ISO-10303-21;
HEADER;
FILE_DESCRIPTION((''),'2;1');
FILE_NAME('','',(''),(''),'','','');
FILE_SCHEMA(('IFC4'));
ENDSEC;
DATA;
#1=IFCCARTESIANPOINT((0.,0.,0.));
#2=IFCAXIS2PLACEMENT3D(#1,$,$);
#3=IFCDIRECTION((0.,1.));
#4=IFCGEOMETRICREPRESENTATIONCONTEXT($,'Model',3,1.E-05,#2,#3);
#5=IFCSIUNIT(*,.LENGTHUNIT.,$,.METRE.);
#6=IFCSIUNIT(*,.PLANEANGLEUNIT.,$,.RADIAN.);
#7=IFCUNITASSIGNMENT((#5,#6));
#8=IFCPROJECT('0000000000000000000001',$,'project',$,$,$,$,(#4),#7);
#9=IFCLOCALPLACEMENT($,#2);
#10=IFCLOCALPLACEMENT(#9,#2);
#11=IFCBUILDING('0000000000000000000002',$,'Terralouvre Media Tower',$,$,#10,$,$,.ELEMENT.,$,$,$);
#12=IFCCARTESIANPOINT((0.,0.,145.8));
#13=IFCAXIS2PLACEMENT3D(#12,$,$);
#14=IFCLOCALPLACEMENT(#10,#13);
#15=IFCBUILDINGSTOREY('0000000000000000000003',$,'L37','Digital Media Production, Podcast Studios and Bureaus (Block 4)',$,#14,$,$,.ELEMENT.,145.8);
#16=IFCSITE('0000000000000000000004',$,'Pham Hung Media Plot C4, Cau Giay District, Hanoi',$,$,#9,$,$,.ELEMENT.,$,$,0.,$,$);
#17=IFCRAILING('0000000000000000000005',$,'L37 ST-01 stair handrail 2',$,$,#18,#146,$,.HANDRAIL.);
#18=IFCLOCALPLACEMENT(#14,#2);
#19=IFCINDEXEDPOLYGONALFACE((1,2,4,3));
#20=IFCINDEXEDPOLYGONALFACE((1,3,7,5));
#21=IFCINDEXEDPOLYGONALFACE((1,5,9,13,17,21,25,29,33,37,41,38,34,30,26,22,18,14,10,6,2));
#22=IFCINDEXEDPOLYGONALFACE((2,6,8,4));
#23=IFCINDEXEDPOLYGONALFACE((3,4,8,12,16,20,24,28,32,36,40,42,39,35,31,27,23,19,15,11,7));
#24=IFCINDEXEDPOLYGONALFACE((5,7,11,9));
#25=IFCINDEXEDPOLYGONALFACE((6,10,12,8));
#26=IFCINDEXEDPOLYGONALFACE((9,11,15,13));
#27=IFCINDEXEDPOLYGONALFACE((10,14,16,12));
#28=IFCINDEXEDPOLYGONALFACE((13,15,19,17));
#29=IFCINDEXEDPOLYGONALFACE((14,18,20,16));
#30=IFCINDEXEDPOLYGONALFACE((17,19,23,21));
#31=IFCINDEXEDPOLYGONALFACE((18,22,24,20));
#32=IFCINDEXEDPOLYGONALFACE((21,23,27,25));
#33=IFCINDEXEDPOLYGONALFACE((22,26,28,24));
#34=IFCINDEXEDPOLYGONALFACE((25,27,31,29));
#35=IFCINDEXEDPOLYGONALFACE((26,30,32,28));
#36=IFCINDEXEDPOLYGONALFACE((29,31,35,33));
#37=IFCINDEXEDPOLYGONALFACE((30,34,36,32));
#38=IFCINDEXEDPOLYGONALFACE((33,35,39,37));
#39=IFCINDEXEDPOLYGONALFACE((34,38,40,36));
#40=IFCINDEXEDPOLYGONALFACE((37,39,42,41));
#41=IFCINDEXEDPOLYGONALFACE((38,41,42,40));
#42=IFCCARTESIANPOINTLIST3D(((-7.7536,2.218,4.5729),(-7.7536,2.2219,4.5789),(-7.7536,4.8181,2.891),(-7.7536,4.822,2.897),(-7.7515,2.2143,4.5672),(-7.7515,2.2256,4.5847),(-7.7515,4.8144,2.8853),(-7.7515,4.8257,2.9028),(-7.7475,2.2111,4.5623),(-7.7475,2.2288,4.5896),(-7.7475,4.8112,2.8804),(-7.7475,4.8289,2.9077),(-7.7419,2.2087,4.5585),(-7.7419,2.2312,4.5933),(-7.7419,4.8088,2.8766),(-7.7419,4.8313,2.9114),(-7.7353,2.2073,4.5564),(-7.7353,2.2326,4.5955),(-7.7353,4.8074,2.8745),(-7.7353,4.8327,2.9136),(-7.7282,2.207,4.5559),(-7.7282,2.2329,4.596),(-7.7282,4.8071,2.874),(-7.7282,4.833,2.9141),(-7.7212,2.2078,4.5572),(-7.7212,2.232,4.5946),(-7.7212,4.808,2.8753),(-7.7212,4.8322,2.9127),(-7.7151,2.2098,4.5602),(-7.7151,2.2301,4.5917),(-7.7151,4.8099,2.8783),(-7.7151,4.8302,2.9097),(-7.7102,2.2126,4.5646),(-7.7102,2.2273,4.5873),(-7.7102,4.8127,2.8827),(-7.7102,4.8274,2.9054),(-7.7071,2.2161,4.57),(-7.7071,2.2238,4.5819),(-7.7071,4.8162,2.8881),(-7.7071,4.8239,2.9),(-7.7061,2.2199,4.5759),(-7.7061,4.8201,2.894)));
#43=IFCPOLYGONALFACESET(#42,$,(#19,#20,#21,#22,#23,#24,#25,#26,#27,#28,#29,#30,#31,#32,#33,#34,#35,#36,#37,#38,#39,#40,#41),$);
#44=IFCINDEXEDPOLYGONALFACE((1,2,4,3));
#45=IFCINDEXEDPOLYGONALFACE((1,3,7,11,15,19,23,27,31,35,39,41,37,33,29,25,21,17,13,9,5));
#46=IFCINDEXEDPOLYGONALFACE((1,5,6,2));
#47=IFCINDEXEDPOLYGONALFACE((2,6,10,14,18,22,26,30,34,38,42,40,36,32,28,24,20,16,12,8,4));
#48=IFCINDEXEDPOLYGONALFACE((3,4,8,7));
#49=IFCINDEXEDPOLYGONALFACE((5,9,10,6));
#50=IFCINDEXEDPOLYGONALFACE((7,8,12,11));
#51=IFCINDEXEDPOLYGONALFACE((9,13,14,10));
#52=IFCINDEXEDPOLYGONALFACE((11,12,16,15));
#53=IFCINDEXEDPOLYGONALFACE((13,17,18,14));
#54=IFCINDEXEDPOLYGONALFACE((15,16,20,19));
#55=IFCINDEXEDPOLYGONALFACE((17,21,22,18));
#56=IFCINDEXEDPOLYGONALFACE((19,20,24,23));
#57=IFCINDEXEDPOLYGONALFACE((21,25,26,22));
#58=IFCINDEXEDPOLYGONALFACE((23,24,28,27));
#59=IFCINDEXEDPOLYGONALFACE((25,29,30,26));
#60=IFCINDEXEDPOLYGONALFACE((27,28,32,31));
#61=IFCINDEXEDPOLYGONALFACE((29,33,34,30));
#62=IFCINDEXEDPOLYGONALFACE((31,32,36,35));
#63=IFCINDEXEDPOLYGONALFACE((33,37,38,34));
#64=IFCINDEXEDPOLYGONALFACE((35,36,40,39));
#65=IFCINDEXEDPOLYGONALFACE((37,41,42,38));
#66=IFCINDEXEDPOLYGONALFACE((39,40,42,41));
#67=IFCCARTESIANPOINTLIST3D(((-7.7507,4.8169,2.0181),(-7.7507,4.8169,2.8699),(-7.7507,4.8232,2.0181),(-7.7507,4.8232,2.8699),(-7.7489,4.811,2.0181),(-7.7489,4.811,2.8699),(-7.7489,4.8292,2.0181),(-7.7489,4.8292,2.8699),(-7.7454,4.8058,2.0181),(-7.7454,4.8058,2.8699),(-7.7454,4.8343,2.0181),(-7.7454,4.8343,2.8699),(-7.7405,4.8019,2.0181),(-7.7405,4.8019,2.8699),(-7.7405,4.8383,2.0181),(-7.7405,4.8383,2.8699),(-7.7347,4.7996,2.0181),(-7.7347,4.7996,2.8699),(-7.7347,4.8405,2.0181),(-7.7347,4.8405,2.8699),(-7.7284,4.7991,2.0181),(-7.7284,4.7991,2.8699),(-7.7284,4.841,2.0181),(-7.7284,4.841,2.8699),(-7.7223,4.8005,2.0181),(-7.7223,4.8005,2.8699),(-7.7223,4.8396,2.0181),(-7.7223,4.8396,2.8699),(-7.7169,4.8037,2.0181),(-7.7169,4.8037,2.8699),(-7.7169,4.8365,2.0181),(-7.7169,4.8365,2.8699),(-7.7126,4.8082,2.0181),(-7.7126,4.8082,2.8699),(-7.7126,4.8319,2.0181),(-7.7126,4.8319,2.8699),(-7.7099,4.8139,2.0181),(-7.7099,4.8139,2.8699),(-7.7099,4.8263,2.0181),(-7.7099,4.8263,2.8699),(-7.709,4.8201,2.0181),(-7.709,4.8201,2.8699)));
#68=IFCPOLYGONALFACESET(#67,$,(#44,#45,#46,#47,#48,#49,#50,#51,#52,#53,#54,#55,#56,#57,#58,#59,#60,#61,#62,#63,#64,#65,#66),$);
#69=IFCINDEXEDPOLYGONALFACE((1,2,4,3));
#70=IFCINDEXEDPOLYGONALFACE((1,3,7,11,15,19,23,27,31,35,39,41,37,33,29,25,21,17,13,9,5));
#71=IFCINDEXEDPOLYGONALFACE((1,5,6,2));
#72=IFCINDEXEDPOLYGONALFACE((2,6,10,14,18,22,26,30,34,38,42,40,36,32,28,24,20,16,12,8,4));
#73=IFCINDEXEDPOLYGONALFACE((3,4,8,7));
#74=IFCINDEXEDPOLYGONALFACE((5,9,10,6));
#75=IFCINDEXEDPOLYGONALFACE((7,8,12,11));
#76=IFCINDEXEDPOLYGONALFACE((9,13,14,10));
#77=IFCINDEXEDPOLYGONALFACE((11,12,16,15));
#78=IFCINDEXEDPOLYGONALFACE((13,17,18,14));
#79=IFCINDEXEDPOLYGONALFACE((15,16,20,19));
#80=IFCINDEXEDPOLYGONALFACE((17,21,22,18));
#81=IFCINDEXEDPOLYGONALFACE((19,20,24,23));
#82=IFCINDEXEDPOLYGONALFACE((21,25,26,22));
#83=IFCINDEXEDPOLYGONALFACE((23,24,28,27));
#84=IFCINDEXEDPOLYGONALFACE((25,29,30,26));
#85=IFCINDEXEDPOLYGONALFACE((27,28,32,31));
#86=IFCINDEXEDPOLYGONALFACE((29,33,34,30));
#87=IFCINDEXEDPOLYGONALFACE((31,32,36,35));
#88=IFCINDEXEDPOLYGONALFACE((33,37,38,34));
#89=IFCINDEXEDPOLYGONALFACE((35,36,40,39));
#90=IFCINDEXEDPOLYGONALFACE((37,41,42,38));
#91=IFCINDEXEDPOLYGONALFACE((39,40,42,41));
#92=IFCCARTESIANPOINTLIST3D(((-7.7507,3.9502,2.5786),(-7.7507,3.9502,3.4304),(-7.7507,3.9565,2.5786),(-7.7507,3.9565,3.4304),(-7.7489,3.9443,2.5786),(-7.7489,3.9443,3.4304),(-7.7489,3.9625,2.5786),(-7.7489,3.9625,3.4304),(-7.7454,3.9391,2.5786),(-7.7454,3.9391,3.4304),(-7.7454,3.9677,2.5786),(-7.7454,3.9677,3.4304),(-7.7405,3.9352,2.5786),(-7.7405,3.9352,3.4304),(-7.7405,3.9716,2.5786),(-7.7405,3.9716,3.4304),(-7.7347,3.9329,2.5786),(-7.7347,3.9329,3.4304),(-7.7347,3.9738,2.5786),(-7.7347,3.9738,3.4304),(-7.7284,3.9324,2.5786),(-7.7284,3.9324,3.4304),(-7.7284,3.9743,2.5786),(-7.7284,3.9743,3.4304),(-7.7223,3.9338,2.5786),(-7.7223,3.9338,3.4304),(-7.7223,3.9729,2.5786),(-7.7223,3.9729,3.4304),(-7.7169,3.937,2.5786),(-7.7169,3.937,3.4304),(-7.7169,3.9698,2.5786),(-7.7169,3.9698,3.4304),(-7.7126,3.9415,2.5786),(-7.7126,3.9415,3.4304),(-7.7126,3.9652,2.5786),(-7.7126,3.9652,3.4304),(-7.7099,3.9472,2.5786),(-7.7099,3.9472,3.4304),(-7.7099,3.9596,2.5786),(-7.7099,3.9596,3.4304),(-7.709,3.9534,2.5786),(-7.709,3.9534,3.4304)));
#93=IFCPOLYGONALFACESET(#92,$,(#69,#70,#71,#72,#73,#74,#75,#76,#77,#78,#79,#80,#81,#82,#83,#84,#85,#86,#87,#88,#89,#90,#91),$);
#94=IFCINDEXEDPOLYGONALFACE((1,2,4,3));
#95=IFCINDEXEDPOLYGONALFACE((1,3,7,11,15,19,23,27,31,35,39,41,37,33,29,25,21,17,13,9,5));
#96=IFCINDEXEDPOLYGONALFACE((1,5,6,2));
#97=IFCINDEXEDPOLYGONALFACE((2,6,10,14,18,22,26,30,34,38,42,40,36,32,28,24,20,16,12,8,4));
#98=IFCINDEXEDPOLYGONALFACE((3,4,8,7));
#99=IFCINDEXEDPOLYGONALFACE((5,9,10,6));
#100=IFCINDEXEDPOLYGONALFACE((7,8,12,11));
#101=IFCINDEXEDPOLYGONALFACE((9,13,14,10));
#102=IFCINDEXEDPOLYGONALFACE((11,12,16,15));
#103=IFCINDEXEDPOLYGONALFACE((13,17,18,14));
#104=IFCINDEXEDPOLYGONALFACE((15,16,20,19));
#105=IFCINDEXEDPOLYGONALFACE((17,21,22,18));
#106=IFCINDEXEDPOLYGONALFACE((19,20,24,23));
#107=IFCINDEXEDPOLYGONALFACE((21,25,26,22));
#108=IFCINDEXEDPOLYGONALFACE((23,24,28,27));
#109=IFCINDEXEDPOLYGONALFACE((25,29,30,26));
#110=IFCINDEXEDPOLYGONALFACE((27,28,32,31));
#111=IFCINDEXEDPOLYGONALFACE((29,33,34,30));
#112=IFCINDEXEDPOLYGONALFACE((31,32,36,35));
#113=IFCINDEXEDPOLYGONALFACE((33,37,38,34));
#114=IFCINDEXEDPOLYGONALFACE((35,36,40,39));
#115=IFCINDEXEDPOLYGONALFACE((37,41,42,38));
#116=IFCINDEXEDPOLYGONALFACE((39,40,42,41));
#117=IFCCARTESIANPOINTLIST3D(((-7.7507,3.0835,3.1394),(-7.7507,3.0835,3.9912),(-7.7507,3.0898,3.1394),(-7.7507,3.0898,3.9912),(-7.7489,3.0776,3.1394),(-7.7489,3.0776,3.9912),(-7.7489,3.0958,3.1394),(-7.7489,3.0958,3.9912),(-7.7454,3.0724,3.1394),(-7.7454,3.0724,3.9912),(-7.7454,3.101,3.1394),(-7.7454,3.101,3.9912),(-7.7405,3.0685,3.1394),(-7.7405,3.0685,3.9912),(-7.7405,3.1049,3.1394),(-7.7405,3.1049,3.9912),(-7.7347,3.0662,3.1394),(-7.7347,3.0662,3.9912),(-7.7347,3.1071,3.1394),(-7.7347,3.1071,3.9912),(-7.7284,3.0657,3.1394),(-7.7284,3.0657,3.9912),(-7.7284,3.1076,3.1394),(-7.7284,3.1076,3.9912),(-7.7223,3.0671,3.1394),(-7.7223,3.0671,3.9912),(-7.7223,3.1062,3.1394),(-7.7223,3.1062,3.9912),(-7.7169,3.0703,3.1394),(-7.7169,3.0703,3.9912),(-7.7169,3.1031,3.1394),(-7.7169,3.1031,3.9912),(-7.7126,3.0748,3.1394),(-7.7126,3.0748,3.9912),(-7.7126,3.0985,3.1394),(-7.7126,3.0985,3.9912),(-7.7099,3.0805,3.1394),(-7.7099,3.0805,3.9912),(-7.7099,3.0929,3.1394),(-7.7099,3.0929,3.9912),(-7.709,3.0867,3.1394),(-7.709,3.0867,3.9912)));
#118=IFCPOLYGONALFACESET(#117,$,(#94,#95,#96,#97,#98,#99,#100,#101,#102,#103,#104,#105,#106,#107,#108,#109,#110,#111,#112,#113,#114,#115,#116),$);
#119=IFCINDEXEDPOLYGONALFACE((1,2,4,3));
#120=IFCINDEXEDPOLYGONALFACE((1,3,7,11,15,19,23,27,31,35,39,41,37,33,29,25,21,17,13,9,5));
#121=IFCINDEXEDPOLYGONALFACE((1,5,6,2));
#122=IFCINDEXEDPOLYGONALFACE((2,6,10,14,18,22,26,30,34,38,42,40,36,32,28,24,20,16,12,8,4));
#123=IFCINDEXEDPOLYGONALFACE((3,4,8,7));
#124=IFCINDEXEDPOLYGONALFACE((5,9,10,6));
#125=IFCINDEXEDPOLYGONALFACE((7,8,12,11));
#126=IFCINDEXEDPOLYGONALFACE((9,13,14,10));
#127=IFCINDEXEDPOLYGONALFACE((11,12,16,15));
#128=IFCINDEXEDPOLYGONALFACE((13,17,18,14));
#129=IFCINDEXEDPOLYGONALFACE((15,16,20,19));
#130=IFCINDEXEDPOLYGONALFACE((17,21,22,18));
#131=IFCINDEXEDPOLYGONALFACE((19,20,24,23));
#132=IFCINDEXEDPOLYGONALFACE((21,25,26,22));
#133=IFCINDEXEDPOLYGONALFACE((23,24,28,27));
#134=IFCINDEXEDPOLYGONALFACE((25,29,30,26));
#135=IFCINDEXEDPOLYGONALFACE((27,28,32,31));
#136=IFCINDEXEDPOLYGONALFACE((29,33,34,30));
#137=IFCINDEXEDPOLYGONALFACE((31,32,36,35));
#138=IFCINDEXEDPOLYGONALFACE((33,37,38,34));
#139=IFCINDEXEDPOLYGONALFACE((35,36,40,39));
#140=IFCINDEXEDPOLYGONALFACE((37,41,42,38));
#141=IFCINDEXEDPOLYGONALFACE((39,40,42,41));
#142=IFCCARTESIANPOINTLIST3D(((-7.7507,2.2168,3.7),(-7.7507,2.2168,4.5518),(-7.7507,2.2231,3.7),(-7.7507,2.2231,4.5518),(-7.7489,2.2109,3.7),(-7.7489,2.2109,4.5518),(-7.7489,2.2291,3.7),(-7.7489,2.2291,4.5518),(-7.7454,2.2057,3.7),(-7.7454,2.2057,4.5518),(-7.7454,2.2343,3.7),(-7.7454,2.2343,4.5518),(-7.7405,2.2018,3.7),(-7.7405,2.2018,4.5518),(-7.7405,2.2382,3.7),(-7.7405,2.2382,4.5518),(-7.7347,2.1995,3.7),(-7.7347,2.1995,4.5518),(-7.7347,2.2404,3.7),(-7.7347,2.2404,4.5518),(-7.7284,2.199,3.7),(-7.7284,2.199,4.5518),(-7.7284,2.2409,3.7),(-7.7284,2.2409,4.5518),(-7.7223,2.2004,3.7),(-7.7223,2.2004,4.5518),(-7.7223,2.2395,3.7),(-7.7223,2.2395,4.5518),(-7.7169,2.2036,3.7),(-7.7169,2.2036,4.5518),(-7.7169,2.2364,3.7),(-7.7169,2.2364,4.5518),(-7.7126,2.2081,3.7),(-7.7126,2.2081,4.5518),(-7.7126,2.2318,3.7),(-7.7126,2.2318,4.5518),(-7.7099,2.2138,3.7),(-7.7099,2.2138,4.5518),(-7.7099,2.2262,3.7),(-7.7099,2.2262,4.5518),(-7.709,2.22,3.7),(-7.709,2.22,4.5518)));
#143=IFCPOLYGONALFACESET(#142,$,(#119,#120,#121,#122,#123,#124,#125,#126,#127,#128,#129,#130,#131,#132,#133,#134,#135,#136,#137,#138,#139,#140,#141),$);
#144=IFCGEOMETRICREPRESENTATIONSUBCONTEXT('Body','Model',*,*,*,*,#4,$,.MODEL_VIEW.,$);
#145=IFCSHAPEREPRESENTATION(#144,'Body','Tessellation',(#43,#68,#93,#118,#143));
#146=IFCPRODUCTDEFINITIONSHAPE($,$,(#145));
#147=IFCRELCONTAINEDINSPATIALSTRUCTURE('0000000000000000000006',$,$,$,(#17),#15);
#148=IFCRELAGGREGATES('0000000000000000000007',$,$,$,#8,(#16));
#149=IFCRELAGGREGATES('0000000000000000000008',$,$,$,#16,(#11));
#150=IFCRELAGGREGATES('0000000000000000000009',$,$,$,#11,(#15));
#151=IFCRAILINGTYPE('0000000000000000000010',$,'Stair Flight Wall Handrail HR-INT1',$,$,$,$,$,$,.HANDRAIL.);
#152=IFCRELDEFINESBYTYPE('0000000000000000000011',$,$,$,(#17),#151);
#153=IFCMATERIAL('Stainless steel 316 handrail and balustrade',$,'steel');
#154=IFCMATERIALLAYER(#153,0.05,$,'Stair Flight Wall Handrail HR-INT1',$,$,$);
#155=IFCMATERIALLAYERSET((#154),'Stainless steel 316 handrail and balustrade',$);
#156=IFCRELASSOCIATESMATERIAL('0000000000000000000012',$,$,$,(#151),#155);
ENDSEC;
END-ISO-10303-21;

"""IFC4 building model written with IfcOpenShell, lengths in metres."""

from ifc_helpers import new_model, si_unit, direction, frame, origin, origin_2d, place, context, subcontext, project, spatial, circle, extrude, material, layer, layer_set, type_object, element, save


model = new_model("IFC4")

# Units and contexts
model_context = context("Model", 3, precision=1e-05, world=origin(), true_north=direction((0.0, 1.0)))
body_context = subcontext(model_context, "Body", "Model", "MODEL_VIEW")
ifc_project = project(units=[si_unit("LENGTHUNIT", "METRE"), si_unit("PLANEANGLEUNIT", "RADIAN")], contexts=[model_context])

# Site, building, storey
site_placement = place(None, origin())
site = spatial("IfcSite", under=ifc_project, at=site_placement, Name="Pham Hung Media Plot C4, Cau Giay District, Hanoi", CompositionType="ELEMENT", RefElevation=0.0)
building_placement = place(site_placement, origin())
building = spatial("IfcBuilding", under=site, at=building_placement, Name="Terralouvre Media Tower", CompositionType="ELEMENT")
storey_placement = place(building_placement, frame((0.0, 0.0, 145.8)))
storey = spatial("IfcBuildingStorey", under=building, at=storey_placement, Name="L37", Description="Digital Media Production, Podcast Studios and Bureaus (Block 4)", CompositionType="ELEMENT", Elevation=145.8)

# Railing
ifc_material_1 = material(Name="Stainless steel 316 handrail and balustrade", Category="steel")
ifc_layer_1 = layer(ifc_material_1, 0.05, Name="Stair Flight Wall Handrail HR-INT1")
ifc_layer_set_1 = layer_set([ifc_layer_1], Name="Stainless steel 316 handrail and balustrade")
railing_type_1 = type_object("IfcRailingType", Name="Stair Flight Wall Handrail HR-INT1", PredefinedType="HANDRAIL", material=ifc_layer_set_1)
railing_1_placement = place(storey_placement, frame((-7.73, 4.8201, 2.0181)))
element("IfcRailing", 1, at=railing_1_placement, inside=storey, type_object=railing_type_1, Name="L37 ST-01 stair handrail 2", PredefinedType="HANDRAIL", context=body_context, shape_type="SweptSolid", body=[
    extrude(circle(Radius=0.0239, at=origin_2d()), frame((0.0, 0.0, 0.876), z_axis=(0.0, -0.839648, 0.54313), x_axis=(1.0, 0.0, 0.0)), (0.0, 0.0, 1.0), 3.0967),
    extrude(circle(Radius=0.021, at=origin_2d()), origin(), (0.0, 0.0, 1.0), 0.8518),
    extrude(circle(Radius=0.021, at=origin_2d()), frame((0.0, -0.8667, 0.5605)), (0.0, 0.0, 1.0), 0.8518),
    extrude(circle(Radius=0.021, at=origin_2d()), frame((0.0, -1.7334, 1.1213)), (0.0, 0.0, 1.0), 0.8518),
    extrude(circle(Radius=0.021, at=origin_2d()), frame((0.0, -2.6001, 1.6819)), (0.0, 0.0, 1.0), 0.8518),
])

save(model, "model.ifc")
